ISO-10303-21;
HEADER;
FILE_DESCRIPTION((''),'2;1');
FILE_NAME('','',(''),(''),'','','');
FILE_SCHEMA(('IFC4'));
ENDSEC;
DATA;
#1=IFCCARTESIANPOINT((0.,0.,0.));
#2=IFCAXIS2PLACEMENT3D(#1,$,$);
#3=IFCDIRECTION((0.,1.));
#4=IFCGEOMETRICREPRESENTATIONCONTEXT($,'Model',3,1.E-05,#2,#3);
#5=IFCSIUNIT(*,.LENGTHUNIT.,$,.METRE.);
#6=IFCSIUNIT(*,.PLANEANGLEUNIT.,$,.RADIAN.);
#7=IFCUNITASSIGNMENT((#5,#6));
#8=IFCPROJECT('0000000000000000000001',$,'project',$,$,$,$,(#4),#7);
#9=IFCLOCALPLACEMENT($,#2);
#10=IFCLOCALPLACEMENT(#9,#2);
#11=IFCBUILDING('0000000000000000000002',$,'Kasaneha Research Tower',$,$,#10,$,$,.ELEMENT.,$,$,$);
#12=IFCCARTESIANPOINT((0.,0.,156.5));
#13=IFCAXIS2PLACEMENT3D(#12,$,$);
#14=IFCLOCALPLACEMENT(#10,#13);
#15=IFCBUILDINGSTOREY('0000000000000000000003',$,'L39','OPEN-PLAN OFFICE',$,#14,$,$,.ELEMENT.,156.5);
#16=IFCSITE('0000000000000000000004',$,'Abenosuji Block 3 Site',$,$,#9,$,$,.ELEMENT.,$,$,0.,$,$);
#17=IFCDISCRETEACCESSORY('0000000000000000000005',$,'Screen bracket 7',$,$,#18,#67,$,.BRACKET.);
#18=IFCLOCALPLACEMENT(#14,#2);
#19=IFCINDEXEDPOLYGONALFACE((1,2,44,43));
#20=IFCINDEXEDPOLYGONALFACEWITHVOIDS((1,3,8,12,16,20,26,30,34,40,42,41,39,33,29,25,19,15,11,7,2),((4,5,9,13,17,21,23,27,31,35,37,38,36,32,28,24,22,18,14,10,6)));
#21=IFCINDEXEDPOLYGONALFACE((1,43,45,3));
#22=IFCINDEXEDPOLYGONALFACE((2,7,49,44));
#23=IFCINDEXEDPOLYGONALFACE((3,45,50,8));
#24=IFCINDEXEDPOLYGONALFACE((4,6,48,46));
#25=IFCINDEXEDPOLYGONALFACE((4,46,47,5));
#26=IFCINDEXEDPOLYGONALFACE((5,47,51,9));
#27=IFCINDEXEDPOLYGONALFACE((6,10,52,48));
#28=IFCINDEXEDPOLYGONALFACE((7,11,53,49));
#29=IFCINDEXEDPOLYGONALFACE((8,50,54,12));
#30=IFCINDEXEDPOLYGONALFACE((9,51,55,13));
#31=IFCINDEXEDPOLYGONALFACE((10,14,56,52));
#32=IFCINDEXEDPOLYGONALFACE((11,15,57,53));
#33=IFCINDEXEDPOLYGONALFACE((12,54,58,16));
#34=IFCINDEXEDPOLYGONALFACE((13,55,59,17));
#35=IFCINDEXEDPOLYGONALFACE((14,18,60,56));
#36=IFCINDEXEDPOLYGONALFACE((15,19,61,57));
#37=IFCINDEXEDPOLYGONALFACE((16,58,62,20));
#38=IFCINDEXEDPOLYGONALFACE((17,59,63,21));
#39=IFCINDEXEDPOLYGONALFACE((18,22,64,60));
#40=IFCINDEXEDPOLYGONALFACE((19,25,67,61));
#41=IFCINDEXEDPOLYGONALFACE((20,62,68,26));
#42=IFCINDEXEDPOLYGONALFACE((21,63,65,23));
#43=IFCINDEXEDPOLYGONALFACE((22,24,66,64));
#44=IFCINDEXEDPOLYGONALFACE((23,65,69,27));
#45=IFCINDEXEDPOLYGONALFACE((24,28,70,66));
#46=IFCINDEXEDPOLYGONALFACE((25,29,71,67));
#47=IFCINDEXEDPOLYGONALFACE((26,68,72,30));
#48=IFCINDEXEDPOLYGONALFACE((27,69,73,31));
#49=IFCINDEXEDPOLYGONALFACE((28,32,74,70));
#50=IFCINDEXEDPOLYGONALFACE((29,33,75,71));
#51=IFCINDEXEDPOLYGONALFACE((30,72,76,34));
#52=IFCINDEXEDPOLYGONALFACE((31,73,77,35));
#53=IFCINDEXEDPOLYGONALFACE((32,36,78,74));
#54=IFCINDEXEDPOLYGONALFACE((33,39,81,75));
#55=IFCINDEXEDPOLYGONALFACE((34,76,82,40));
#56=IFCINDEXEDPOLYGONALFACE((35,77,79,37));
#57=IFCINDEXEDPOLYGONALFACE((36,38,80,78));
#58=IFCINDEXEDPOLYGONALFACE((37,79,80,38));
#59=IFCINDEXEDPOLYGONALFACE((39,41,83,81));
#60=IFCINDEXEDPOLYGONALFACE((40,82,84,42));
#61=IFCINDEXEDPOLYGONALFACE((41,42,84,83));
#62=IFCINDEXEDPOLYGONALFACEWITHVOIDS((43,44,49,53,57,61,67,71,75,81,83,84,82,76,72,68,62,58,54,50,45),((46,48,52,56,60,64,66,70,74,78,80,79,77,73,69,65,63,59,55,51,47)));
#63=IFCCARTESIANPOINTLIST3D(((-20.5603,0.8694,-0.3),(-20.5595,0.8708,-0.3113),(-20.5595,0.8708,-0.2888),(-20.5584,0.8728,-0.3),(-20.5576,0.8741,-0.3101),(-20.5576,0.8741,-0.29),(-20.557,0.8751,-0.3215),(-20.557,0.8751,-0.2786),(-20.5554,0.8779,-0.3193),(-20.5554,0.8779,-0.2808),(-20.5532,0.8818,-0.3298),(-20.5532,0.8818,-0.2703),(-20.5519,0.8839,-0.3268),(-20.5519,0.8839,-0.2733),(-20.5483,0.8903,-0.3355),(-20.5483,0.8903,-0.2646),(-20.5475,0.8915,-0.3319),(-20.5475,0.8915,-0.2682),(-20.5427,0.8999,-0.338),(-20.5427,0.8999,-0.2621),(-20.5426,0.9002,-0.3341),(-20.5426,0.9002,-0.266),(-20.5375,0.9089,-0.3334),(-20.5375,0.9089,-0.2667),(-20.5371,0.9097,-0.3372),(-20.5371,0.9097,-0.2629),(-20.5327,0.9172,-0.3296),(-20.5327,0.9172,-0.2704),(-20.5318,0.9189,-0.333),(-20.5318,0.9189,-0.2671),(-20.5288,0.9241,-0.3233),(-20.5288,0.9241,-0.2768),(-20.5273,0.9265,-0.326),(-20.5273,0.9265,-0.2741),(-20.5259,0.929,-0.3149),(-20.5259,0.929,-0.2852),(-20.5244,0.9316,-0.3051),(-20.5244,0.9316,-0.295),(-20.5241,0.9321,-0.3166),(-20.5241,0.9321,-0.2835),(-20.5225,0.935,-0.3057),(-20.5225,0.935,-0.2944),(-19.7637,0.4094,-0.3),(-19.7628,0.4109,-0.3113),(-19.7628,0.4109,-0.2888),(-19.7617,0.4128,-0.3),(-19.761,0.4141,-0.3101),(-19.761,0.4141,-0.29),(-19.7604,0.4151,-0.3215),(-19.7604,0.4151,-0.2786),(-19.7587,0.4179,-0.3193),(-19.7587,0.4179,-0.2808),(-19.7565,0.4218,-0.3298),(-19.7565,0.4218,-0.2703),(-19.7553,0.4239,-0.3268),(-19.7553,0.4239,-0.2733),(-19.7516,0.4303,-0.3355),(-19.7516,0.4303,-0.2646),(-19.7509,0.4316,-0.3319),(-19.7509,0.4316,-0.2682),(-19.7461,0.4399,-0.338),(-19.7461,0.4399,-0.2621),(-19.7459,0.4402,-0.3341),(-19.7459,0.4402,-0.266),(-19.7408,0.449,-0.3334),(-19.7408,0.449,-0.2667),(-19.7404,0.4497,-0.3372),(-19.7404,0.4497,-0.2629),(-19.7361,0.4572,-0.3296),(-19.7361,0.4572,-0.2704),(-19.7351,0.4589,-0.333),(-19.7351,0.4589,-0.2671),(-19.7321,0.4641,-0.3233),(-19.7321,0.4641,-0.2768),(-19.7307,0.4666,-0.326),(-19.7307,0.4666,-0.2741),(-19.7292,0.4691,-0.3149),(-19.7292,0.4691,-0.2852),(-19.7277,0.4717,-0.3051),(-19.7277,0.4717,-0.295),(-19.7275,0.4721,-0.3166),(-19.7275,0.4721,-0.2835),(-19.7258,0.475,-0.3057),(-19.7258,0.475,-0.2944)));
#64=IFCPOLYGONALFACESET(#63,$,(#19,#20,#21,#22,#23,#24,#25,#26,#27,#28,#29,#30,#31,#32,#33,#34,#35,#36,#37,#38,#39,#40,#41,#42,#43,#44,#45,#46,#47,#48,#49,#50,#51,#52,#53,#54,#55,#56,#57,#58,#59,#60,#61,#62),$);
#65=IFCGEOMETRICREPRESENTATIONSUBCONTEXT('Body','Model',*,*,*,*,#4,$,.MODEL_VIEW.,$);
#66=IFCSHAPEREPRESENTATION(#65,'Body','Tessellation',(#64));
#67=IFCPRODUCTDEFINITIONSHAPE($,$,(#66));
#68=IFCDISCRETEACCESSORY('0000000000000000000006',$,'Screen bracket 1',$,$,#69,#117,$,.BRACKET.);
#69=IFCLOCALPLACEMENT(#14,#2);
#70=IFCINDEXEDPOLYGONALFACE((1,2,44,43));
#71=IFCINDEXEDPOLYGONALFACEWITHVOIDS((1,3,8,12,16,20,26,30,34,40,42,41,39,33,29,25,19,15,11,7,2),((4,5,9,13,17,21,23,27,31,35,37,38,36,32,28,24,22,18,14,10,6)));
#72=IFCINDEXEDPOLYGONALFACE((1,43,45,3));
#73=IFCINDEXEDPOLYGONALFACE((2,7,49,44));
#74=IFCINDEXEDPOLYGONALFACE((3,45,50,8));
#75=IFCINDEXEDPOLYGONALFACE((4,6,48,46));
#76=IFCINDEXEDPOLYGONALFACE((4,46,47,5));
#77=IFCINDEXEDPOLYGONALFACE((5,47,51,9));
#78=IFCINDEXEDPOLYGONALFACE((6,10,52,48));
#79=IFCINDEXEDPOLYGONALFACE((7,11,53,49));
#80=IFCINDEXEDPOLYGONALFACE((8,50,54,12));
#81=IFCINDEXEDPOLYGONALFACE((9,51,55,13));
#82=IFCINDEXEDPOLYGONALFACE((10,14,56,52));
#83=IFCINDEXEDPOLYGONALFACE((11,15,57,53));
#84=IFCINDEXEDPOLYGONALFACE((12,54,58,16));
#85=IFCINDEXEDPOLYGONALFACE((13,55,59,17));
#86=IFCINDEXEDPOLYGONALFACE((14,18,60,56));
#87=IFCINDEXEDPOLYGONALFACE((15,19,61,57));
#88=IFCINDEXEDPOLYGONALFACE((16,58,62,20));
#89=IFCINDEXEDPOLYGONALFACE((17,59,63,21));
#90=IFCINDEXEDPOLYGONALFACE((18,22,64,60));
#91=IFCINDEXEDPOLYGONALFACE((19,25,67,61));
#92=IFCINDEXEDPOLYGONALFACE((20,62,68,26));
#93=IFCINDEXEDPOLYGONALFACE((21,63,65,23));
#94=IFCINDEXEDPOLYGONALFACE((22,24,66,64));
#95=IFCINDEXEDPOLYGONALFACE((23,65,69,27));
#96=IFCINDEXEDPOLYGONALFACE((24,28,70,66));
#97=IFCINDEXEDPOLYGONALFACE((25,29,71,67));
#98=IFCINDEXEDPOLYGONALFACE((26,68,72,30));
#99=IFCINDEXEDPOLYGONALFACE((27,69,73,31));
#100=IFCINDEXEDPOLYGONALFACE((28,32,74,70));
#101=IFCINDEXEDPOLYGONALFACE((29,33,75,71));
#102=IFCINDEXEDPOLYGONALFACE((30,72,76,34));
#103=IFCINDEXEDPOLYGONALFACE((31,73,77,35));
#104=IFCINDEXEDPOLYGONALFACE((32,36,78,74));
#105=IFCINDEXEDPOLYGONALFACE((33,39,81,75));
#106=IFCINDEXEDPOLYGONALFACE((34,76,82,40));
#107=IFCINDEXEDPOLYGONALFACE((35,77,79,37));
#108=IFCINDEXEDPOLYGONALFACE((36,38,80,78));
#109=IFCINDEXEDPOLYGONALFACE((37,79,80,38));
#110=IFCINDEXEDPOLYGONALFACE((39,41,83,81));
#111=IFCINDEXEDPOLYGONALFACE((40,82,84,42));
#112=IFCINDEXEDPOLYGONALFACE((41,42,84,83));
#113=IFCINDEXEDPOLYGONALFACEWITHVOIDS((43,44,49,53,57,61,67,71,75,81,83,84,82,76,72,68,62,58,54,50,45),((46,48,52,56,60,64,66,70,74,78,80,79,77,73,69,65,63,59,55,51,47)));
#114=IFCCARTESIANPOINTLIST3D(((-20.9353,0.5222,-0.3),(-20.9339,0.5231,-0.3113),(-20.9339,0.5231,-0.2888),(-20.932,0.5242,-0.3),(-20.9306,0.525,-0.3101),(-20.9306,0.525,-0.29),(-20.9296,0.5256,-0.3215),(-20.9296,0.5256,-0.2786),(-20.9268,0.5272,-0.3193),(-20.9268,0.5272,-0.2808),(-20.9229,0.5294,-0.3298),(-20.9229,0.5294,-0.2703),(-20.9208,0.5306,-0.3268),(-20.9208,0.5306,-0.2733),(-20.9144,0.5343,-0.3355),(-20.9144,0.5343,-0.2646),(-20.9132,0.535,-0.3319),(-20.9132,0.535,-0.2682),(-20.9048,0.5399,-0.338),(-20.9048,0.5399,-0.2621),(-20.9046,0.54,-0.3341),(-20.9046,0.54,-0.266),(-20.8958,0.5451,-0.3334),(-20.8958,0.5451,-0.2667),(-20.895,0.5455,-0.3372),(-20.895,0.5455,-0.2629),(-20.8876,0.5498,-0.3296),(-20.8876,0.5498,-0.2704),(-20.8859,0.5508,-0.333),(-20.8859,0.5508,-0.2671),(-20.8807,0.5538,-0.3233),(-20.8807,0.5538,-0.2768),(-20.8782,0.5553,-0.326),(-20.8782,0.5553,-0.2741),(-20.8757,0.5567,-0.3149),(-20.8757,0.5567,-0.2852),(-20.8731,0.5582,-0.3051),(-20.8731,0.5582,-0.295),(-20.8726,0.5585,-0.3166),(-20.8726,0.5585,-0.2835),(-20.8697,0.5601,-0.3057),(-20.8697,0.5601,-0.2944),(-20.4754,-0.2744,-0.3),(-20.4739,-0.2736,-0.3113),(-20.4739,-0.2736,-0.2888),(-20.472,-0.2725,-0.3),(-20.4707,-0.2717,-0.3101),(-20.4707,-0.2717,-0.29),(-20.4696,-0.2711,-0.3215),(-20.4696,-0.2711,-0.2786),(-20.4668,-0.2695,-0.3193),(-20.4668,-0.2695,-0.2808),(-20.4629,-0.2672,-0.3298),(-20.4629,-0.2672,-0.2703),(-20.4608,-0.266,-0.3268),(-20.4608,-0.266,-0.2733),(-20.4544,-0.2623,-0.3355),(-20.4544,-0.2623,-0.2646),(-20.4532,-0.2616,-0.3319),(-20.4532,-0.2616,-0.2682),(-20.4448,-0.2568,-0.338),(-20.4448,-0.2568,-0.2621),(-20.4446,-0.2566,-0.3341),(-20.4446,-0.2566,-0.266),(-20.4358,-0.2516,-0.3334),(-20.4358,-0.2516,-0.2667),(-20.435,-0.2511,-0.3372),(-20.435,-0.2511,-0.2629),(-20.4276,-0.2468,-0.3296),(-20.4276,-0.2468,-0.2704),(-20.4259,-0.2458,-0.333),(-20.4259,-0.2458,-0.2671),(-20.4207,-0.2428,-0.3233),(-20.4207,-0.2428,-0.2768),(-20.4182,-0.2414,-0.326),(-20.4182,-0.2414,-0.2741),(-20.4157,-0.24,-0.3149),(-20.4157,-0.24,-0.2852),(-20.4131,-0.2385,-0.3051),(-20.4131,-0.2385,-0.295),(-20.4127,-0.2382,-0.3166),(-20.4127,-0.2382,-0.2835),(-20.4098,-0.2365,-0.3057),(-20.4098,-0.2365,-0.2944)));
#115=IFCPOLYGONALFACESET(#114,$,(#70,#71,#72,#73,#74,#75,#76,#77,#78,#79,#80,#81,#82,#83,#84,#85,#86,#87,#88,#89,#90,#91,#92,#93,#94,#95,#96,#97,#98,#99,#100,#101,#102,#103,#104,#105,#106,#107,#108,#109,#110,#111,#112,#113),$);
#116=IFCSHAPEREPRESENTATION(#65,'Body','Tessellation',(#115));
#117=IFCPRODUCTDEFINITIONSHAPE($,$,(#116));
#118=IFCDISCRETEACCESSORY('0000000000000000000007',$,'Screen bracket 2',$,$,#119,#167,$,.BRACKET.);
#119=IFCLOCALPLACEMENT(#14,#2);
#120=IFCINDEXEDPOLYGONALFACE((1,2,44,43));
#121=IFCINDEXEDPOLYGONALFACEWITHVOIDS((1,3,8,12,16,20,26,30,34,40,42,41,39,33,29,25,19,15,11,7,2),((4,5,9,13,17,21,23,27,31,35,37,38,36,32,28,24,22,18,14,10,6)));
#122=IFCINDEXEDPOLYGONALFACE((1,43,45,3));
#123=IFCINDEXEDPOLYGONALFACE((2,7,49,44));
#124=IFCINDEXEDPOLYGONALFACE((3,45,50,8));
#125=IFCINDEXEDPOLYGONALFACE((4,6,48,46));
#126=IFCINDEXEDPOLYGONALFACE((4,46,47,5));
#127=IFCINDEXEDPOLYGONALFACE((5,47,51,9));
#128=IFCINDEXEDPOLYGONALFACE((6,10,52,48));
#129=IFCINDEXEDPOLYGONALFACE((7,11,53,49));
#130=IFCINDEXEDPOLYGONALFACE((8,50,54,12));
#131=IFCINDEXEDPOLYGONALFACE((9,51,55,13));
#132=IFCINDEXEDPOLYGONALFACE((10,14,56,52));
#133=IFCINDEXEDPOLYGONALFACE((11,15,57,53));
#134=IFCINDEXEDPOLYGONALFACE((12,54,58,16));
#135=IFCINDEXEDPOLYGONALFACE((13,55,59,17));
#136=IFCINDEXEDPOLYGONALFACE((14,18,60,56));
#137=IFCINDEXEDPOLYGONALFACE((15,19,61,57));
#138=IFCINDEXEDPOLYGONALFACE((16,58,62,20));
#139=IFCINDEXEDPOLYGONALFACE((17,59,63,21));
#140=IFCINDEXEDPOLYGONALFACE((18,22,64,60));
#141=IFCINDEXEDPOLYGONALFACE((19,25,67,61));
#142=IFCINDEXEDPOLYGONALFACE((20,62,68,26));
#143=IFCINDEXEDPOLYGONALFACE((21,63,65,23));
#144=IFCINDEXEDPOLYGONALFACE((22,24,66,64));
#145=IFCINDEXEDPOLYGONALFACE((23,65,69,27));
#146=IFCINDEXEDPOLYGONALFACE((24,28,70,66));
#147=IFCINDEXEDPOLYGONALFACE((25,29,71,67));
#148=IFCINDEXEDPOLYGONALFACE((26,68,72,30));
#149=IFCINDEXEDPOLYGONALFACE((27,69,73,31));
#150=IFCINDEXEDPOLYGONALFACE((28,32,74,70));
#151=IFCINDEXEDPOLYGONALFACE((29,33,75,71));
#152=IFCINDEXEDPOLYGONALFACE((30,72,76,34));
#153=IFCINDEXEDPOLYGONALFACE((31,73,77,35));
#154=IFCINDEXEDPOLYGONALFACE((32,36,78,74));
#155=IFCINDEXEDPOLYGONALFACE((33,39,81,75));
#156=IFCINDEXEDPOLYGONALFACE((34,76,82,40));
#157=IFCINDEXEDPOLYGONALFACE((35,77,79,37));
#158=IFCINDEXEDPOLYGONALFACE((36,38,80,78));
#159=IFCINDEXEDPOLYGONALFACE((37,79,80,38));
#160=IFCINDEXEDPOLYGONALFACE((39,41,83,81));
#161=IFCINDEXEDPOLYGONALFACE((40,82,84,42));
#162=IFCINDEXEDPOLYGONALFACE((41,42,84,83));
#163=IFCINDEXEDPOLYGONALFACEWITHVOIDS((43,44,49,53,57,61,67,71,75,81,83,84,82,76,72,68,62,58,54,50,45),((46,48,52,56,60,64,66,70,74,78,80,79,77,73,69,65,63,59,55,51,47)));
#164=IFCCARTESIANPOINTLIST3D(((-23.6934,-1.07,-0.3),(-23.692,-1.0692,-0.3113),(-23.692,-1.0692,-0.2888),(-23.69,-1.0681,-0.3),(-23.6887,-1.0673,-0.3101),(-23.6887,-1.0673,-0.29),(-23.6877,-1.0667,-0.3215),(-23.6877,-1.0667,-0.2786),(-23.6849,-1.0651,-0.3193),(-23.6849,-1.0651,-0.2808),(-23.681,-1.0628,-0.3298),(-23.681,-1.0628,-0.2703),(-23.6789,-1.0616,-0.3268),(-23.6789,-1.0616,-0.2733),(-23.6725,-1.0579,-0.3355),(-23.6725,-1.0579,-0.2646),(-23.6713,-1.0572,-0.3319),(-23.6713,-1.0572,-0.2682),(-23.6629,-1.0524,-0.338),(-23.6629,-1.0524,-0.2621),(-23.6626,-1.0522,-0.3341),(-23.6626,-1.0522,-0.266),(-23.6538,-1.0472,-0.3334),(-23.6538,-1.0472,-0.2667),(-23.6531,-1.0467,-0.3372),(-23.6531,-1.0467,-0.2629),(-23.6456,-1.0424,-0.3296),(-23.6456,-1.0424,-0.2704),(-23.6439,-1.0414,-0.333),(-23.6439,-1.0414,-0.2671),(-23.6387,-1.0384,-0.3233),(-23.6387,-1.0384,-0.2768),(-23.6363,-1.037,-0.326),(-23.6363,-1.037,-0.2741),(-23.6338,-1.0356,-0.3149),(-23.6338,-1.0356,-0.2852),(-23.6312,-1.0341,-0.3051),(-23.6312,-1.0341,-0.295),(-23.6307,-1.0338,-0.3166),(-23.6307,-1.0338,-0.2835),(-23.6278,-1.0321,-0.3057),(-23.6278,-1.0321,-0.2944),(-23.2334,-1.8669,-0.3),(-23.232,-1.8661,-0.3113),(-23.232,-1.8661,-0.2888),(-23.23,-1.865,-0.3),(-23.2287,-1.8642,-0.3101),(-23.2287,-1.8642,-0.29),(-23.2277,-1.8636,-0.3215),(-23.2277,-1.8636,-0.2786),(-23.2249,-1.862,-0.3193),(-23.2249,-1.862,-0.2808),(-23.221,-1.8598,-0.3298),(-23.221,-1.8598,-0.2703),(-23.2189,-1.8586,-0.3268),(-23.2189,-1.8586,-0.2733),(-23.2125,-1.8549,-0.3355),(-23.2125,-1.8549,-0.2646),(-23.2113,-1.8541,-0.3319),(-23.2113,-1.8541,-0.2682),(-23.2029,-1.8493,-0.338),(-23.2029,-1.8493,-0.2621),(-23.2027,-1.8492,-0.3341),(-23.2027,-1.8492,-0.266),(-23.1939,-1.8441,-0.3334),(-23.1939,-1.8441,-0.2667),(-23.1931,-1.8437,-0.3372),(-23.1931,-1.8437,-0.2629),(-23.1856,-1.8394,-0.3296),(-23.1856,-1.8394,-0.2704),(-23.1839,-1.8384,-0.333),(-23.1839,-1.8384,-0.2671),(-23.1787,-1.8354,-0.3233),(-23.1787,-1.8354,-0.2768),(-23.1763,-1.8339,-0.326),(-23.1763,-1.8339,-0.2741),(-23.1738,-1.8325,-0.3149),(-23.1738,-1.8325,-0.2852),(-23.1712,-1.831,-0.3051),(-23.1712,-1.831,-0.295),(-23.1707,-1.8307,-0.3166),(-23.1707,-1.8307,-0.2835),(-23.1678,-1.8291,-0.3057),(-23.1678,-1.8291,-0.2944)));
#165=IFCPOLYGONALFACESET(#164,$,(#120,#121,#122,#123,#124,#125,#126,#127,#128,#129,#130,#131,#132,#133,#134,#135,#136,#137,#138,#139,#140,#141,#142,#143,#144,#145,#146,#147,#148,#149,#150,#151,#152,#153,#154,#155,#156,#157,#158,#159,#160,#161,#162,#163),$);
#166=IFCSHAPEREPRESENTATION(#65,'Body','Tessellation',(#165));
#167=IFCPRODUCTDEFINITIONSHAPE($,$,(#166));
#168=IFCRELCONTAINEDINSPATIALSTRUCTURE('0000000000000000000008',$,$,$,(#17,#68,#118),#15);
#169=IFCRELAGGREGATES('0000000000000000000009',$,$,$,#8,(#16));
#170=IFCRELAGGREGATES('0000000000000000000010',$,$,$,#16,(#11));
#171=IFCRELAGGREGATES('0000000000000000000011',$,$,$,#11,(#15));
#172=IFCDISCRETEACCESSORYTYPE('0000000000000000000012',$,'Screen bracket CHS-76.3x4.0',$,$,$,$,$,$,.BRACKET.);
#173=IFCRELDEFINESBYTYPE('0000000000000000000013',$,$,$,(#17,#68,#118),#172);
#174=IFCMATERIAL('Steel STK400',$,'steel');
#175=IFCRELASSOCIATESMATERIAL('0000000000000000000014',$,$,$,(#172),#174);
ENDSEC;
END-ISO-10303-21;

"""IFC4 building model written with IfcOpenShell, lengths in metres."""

from ifc_helpers import new_model, si_unit, direction, frame, origin, origin_2d, place, context, subcontext, project, spatial, hollow_circle, extrude, material, material_profile, profile_set, type_object, element, save


model = new_model("IFC4")

# Units and contexts
model_context = context("Model", 3, precision=1e-05, world=origin(), true_north=direction((0.0, 1.0)))
body_context = subcontext(model_context, "Body", "Model", "MODEL_VIEW")
ifc_project = project(units=[si_unit("LENGTHUNIT", "METRE"), si_unit("PLANEANGLEUNIT", "RADIAN")], contexts=[model_context])

# Site, building, storey
site_placement = place(None, origin())
site = spatial("IfcSite", under=ifc_project, at=site_placement, Name="Abenosuji Block 3 Site", CompositionType="ELEMENT", RefElevation=0.0)
building_placement = place(site_placement, origin())
building = spatial("IfcBuilding", under=site, at=building_placement, Name="Kasaneha Research Tower", CompositionType="ELEMENT")
storey_placement = place(building_placement, frame((0.0, 0.0, 156.5)))
storey = spatial("IfcBuildingStorey", under=building, at=storey_placement, Name="L39", Description="OPEN-PLAN OFFICE", CompositionType="ELEMENT", Elevation=156.5)

# Discrete accessories
ifc_material_1 = material(Name="Steel STK400", Category="steel")
ifc_material_profile_1 = material_profile(ifc_material_1, hollow_circle(Radius=0.0381, WallThickness=0.0039, at=origin_2d()), Name="CHS-76.3x4.0")
ifc_profile_set_1 = profile_set([ifc_material_profile_1], Name="Steel STK400")
discrete_accessory_type = type_object("IfcDiscreteAccessoryType", Name="Screen bracket CHS-76.3x4.0", PredefinedType="BRACKET", material=ifc_profile_set_1)
for number, where, z_axis, x_axis, name in (
    (1, (-19.7446, 0.4424, -0.3), (-0.866013, 0.500021, 0.0), (-0.500021, -0.866013, 0.0), "Screen bracket 7"),
    (2, (-20.4424, -0.2554, -0.3), (-0.500021, 0.866013, 0.0), (-0.866013, -0.500021, 0.0), "Screen bracket 1"),
):
    element("IfcDiscreteAccessory", number, at=place(storey_placement, frame(where, z_axis=z_axis, x_axis=x_axis)), inside=storey, type_object=discrete_accessory_type, Name=name, PredefinedType="BRACKET", context=body_context, shape_type="SweptSolid", body=[
        extrude(hollow_circle(Radius=0.0381, WallThickness=0.0039, at=origin_2d()), origin(), (0.0, 0.0, 1.0), 0.9199),
    ])
discrete_accessory_placement = place(storey_placement, frame((-23.2004, -1.8479, -0.3), z_axis=(-0.499906, 0.86608, 0.0), x_axis=(-0.86608, -0.499906, 0.0)))
element("IfcDiscreteAccessory", 3, at=discrete_accessory_placement, inside=storey, type_object=discrete_accessory_type, Name="Screen bracket 2", PredefinedType="BRACKET", context=body_context, shape_type="SweptSolid", body=[
    extrude(hollow_circle(Radius=0.0381, WallThickness=0.0039, at=origin_2d()), origin(), (0.0, 0.0, 1.0), 0.9202),
])

save(model, "model.ifc")
